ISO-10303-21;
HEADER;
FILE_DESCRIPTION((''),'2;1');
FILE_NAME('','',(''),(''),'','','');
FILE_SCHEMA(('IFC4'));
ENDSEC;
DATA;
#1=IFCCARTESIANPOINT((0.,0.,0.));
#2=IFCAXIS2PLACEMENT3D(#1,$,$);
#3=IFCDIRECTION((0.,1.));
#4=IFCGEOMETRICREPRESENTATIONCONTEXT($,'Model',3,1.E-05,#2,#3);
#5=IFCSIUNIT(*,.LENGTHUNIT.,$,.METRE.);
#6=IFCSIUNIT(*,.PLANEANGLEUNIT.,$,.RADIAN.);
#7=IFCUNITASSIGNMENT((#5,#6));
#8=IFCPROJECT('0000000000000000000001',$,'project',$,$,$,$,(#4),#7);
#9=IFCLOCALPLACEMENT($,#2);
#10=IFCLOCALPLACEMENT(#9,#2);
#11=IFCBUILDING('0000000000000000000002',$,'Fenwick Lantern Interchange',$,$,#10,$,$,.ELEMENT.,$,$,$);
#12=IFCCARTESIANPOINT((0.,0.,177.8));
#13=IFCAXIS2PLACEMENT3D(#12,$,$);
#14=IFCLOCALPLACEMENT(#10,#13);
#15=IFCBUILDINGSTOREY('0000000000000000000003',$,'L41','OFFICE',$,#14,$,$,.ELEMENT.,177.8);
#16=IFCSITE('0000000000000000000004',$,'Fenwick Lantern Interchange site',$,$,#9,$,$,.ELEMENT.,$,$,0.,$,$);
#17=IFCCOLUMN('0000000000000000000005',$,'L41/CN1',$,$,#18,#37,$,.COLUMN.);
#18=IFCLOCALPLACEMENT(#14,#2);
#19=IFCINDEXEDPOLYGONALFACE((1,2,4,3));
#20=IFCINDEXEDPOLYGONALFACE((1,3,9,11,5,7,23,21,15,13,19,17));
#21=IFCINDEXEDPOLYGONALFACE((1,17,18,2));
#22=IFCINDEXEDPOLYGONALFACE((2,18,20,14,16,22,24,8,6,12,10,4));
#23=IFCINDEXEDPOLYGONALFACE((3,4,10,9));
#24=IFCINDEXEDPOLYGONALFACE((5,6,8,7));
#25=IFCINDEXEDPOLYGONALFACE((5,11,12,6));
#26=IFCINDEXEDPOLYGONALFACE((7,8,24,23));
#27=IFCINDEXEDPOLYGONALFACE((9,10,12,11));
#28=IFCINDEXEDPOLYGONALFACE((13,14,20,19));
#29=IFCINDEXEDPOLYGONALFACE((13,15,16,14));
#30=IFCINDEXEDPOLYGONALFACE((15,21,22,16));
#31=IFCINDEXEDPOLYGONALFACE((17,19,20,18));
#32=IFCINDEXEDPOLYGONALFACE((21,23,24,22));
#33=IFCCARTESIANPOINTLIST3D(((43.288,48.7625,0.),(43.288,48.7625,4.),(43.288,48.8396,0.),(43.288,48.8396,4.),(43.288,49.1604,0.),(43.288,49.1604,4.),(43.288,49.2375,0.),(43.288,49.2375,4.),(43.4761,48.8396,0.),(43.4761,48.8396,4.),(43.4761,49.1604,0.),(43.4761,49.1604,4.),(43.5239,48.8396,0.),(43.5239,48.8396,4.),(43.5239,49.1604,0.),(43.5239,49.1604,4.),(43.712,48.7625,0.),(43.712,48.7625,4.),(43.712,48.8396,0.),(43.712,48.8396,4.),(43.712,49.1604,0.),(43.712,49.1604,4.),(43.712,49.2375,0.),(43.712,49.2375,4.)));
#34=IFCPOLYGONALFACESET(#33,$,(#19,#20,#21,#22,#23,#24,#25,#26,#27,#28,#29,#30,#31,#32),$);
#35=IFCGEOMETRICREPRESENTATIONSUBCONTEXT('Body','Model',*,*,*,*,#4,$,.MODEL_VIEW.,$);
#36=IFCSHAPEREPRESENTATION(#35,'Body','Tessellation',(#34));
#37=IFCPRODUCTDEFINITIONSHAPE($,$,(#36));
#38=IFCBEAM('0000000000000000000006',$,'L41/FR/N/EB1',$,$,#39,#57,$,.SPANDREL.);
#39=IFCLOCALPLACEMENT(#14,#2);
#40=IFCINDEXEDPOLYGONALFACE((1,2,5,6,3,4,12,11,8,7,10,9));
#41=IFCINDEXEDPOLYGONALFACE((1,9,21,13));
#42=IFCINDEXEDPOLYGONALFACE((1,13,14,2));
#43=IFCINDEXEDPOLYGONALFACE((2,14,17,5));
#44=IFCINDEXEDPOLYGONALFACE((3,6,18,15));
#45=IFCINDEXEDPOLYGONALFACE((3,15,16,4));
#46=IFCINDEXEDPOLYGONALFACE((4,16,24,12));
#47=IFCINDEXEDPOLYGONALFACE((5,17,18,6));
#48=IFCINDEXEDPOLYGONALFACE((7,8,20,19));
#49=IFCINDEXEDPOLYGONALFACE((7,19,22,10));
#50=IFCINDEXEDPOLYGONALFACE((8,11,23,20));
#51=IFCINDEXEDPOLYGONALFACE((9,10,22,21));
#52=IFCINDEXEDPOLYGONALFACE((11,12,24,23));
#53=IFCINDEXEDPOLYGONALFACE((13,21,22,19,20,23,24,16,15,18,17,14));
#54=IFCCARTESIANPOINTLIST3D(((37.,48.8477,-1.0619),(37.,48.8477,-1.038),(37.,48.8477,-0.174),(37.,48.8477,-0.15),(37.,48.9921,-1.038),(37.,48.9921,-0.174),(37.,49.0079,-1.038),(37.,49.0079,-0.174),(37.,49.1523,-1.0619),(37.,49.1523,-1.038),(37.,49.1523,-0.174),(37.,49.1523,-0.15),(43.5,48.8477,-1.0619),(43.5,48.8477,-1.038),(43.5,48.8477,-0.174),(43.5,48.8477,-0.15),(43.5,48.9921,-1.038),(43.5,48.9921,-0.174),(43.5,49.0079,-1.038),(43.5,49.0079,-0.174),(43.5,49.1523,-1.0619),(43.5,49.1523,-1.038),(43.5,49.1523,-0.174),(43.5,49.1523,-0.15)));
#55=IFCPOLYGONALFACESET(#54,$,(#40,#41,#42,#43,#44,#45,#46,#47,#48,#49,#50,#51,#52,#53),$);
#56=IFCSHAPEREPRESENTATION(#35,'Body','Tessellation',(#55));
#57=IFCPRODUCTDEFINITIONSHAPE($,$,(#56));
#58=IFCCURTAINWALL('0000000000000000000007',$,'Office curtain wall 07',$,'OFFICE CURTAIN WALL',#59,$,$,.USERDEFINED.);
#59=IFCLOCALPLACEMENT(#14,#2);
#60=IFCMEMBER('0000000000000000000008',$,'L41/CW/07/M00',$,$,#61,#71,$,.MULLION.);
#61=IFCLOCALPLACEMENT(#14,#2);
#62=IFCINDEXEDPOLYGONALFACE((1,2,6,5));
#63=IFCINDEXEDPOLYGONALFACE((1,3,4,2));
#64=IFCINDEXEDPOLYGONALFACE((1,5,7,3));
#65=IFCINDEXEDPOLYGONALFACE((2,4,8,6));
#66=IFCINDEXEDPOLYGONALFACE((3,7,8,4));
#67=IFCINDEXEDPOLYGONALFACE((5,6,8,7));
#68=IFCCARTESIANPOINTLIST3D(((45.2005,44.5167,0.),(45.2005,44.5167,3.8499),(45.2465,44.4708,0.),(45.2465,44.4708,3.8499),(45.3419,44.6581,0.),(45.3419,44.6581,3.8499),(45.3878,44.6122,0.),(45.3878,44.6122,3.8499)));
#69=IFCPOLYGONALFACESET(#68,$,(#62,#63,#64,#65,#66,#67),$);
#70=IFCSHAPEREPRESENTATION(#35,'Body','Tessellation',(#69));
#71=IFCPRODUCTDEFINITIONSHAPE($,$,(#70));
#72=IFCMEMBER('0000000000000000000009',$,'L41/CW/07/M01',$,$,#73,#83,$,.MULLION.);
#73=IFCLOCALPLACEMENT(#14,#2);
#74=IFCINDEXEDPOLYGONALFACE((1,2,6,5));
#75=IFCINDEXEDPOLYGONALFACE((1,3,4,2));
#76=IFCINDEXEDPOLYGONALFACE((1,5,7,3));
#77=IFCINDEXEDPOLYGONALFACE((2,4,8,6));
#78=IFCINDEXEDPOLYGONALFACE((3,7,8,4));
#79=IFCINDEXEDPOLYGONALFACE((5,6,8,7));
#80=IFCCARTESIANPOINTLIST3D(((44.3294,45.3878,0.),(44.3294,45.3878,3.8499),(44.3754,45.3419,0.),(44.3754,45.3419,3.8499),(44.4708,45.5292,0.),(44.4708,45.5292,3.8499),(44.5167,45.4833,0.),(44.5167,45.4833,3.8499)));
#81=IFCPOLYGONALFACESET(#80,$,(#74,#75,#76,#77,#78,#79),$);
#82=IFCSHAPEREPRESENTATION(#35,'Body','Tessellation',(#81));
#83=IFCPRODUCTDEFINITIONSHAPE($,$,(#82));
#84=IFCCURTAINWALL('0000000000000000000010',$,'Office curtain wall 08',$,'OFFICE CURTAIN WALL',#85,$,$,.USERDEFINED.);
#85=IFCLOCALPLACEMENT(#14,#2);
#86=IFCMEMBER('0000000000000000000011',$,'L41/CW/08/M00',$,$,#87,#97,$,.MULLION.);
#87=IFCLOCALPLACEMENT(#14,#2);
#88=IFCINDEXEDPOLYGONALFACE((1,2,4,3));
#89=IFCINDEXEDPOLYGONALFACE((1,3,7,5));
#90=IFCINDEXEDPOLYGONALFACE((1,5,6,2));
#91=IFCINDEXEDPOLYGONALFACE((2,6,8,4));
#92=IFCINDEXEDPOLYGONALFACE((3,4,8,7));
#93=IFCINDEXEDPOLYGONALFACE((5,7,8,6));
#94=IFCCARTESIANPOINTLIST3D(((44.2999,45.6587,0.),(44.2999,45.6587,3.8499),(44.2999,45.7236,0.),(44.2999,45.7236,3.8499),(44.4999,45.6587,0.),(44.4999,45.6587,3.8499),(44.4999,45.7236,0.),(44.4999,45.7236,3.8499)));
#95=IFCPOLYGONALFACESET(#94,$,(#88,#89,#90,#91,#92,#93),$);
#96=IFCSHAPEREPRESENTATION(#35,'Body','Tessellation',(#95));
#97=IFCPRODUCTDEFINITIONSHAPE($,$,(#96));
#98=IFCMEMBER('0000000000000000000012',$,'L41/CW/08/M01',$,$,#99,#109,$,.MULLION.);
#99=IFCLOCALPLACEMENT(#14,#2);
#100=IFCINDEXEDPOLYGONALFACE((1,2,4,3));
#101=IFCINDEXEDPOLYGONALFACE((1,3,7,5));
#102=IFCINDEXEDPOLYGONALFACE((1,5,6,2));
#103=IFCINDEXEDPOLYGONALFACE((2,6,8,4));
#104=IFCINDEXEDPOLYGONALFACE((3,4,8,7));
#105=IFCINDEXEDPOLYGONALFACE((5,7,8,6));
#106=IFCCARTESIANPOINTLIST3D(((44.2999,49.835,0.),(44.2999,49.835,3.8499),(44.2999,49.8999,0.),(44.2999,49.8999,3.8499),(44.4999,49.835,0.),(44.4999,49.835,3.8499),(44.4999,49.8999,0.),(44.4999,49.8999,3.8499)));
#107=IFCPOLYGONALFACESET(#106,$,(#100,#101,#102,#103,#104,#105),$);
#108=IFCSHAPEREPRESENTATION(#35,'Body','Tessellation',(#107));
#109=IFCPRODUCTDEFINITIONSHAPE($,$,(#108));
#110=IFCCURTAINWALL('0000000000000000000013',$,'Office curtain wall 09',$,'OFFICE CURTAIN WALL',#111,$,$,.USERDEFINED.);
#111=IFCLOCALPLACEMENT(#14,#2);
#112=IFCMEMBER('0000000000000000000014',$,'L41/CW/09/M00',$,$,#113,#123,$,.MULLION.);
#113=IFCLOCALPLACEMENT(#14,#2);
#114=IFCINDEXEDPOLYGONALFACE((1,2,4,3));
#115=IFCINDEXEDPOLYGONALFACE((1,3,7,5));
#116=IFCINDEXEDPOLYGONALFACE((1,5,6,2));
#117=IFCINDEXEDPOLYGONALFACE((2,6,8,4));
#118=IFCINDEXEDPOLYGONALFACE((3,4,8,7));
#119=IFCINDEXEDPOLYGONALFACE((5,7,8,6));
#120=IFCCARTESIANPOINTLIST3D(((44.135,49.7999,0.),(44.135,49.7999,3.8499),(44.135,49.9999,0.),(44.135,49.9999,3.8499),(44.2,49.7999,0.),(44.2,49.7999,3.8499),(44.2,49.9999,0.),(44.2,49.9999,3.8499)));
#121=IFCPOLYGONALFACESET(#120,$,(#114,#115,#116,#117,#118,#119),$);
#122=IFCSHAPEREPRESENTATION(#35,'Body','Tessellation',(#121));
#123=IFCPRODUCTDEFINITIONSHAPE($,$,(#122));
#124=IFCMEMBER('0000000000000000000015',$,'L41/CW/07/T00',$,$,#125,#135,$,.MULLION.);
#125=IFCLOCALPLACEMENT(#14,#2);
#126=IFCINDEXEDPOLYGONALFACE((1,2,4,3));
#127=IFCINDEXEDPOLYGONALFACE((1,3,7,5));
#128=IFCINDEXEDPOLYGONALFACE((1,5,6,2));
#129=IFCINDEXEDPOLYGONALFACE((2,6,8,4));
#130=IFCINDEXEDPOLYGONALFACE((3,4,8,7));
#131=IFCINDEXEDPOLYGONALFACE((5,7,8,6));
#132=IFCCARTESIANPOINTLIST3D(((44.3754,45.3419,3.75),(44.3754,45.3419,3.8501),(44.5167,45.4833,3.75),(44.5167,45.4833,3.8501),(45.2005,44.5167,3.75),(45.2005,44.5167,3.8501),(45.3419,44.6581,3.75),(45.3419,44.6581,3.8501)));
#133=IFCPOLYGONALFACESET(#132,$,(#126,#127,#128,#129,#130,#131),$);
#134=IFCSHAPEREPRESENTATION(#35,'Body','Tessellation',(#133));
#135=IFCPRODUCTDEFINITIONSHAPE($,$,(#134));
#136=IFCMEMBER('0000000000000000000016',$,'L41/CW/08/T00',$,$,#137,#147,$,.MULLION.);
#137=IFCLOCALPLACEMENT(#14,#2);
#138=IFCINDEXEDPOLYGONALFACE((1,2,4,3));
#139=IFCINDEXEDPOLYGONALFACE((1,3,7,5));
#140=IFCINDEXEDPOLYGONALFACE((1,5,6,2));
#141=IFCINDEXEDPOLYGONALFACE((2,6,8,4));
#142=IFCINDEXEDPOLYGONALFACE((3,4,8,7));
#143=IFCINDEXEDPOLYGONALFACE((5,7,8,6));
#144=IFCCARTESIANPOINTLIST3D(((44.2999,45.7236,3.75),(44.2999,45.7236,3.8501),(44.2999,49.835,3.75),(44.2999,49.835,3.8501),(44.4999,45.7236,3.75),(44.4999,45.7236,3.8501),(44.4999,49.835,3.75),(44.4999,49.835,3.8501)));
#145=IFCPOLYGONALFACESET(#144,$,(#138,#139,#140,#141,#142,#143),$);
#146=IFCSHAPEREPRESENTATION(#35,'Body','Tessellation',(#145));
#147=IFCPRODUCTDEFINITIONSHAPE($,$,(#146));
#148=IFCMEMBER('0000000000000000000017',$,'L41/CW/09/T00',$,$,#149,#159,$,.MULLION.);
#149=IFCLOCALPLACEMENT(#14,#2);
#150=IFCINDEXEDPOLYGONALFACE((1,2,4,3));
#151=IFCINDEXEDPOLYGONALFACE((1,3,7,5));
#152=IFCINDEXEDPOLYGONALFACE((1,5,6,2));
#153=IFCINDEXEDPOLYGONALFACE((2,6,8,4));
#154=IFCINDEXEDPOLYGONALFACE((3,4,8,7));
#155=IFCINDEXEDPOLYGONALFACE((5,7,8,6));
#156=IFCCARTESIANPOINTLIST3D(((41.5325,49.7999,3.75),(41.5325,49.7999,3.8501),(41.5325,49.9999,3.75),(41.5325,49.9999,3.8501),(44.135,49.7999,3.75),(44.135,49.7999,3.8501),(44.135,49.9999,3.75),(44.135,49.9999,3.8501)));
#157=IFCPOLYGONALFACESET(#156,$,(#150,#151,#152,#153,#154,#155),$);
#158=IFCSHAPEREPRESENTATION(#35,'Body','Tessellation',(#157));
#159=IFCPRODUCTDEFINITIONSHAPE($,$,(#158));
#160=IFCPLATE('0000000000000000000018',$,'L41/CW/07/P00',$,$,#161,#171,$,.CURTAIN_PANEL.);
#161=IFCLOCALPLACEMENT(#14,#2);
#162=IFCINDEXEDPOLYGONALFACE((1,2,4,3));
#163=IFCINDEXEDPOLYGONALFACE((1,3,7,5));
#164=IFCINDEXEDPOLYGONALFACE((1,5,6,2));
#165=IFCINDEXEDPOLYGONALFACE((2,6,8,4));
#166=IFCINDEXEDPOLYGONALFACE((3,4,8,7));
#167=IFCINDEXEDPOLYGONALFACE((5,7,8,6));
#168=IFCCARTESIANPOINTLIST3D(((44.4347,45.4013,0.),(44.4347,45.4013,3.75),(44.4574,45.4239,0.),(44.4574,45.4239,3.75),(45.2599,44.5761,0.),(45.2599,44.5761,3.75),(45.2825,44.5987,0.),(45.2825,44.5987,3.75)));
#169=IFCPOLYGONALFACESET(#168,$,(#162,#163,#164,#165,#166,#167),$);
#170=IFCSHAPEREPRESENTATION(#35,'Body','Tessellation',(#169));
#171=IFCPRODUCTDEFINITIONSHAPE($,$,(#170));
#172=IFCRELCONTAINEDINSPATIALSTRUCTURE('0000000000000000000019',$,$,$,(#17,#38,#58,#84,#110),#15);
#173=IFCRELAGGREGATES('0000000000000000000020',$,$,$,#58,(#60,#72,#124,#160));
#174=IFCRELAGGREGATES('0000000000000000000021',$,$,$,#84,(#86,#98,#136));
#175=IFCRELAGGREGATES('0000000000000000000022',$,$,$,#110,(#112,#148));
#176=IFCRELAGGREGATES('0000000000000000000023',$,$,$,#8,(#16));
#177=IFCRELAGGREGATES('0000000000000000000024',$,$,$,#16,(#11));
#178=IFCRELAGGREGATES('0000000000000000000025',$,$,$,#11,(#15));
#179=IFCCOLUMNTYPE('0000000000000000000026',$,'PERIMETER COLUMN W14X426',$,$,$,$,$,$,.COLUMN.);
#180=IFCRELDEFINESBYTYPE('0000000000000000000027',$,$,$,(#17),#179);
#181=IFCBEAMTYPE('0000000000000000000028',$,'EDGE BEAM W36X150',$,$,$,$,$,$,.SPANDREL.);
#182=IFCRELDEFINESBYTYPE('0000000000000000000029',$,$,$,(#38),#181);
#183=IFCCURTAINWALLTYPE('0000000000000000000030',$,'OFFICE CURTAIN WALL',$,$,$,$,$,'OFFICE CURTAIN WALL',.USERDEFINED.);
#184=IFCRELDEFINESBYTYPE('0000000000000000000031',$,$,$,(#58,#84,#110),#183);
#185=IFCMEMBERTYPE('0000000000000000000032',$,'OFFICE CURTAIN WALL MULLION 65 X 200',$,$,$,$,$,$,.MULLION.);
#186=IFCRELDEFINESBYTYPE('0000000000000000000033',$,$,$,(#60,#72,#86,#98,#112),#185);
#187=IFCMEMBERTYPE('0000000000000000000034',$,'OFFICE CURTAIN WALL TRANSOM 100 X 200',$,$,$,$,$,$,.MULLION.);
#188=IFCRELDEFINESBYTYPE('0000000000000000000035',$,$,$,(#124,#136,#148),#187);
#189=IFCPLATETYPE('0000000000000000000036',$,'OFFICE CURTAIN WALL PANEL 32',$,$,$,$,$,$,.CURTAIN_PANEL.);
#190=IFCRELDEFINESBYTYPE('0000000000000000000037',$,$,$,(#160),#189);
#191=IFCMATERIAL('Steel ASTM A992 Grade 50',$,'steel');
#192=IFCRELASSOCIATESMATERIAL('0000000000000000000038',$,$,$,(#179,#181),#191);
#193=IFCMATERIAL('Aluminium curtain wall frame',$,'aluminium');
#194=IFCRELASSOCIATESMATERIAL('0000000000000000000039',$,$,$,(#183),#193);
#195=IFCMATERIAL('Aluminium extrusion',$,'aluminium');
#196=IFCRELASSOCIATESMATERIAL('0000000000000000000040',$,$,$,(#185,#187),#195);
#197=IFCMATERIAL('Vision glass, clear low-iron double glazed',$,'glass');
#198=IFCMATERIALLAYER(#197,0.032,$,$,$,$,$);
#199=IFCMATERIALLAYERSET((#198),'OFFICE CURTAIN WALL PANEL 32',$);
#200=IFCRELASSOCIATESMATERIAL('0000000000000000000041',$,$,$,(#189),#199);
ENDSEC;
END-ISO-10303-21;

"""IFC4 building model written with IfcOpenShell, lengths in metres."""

from ifc_helpers import new_model, si_unit, direction, frame, origin, origin_2d, place, context, subcontext, project, spatial, rectangle, i_section, extrude, material, layer, layer_set, material_profile, profile_set, type_object, element, aggregate, save


model = new_model("IFC4")

# Units and contexts
model_context = context("Model", 3, precision=1e-05, world=origin(), true_north=direction((0.0, 1.0)))
body_context = subcontext(model_context, "Body", "Model", "MODEL_VIEW")
ifc_project = project(units=[si_unit("LENGTHUNIT", "METRE"), si_unit("PLANEANGLEUNIT", "RADIAN")], contexts=[model_context])

# Site, building, storey
site_placement = place(None, origin())
site = spatial("IfcSite", under=ifc_project, at=site_placement, Name="Fenwick Lantern Interchange site", CompositionType="ELEMENT", RefElevation=0.0)
building_placement = place(site_placement, origin())
building = spatial("IfcBuilding", under=site, at=building_placement, Name="Fenwick Lantern Interchange", CompositionType="ELEMENT")
storey_placement = place(building_placement, frame((0.0, 0.0, 177.8)))
storey = spatial("IfcBuildingStorey", under=building, at=storey_placement, Name="L41", Description="OFFICE", CompositionType="ELEMENT", Elevation=177.8)

# Column
ifc_material_1 = material(Name="Steel ASTM A992 Grade 50", Category="steel")
ifc_material_profile_1 = material_profile(ifc_material_1, i_section(OverallWidth=0.4241, OverallDepth=0.4751, WebThickness=0.0479, FlangeThickness=0.0771, at=origin_2d()), Name="W14X426")
ifc_profile_set_1 = profile_set([ifc_material_profile_1], Name="Steel ASTM A992 Grade 50")
column_type = type_object("IfcColumnType", Name="PERIMETER COLUMN W14X426", PredefinedType="COLUMN", material=ifc_profile_set_1)
column_placement = place(storey_placement, frame((43.5, 49.0, 0.0), z_axis=(0.0, 0.0, 1.0), x_axis=(1.0, 0.0, 0.0)))
element("IfcColumn", 1, at=column_placement, inside=storey, type_object=column_type, Name="L41/CN1", PredefinedType="COLUMN", context=body_context, shape_type="SweptSolid", body=[
    extrude(i_section(OverallWidth=0.4241, OverallDepth=0.4751, WebThickness=0.0479, FlangeThickness=0.0771, at=origin_2d()), origin(), (0.0, 0.0, 1.0), 4.0),
])

# Beam
ifc_material_profile_2 = material_profile(ifc_material_1, i_section(OverallWidth=0.3047, OverallDepth=0.9119, WebThickness=0.0159, FlangeThickness=0.0239, at=origin_2d()), Name="W36X150")
ifc_profile_set_2 = profile_set([ifc_material_profile_2], Name="Steel ASTM A992 Grade 50")
beam_type = type_object("IfcBeamType", Name="EDGE BEAM W36X150", PredefinedType="SPANDREL", material=ifc_profile_set_2)
beam_placement = place(storey_placement, frame((43.5, 49.0, -0.606), z_axis=(-1.0, 0.0, 0.0), x_axis=(0.0, -1.0, 0.0)))
element("IfcBeam", 2, at=beam_placement, inside=storey, type_object=beam_type, Name="L41/FR/N/EB1", PredefinedType="SPANDREL", context=body_context, shape_type="SweptSolid", body=[
    extrude(i_section(OverallWidth=0.3047, OverallDepth=0.9119, WebThickness=0.0159, FlangeThickness=0.0239, at=origin_2d()), origin(), (0.0, 0.0, 1.0), 6.5),
])

# Curtain walls, members
ifc_material_2 = material(Name="Aluminium curtain wall frame", Category="aluminium")
curtain_wall_type = type_object("IfcCurtainWallType", Name="OFFICE CURTAIN WALL", ElementType="OFFICE CURTAIN WALL", PredefinedType="USERDEFINED", material=ifc_material_2)
curtain_wall_1_placement = place(storey_placement, origin())
curtain_wall_1 = element("IfcCurtainWall", 3, at=curtain_wall_1_placement, inside=storey, type_object=curtain_wall_type, Name="Office curtain wall 07", ObjectType="OFFICE CURTAIN WALL", PredefinedType="USERDEFINED")
ifc_material_3 = material(Name="Aluminium extrusion", Category="aluminium")
ifc_material_profile_3 = material_profile(ifc_material_3, rectangle(XDim=0.2, YDim=0.0649, at=origin_2d()), Name="OFFICE CURTAIN WALL MULLION 65 X 200")
ifc_profile_set_3 = profile_set([ifc_material_profile_3], Name="Aluminium extrusion")
member_type_1 = type_object("IfcMemberType", Name="OFFICE CURTAIN WALL MULLION 65 X 200", PredefinedType="MULLION", material=ifc_profile_set_3)
member_1_placement = place(storey_placement, frame((45.2942, 44.5645, 0.0), z_axis=(0.0, 0.0, 1.0), x_axis=(-0.707107, -0.707107, 0.0)))
member_1 = element("IfcMember", 4, at=member_1_placement, type_object=member_type_1, Name="L41/CW/07/M00", PredefinedType="MULLION", context=body_context, shape_type="SweptSolid", body=[
    extrude(rectangle(XDim=0.2, YDim=0.0649, at=origin_2d()), origin(), (0.0, 0.0, 1.0), 3.8499),
])
member_2_placement = place(storey_placement, frame((44.4231, 45.4355, 0.0), z_axis=(0.0, 0.0, 1.0), x_axis=(-0.707107, -0.707107, 0.0)))
member_2 = element("IfcMember", 5, at=member_2_placement, type_object=member_type_1, Name="L41/CW/07/M01", PredefinedType="MULLION", context=body_context, shape_type="SweptSolid", body=[
    extrude(rectangle(XDim=0.2, YDim=0.0649, at=origin_2d()), origin(), (0.0, 0.0, 1.0), 3.8499),
])
curtain_wall_2_placement = place(storey_placement, origin())
curtain_wall_2 = element("IfcCurtainWall", 6, at=curtain_wall_2_placement, inside=storey, type_object=curtain_wall_type, Name="Office curtain wall 08", ObjectType="OFFICE CURTAIN WALL", PredefinedType="USERDEFINED")
member_3_placement = place(storey_placement, frame((44.3999, 45.6912, 0.0), z_axis=(0.0, 0.0, 1.0), x_axis=(-1.0, 0.0, 0.0)))
member_3 = element("IfcMember", 7, at=member_3_placement, type_object=member_type_1, Name="L41/CW/08/M00", PredefinedType="MULLION", context=body_context, shape_type="SweptSolid", body=[
    extrude(rectangle(XDim=0.2, YDim=0.0649, at=origin_2d()), origin(), (0.0, 0.0, 1.0), 3.8499),
])
member_4_placement = place(storey_placement, frame((44.3999, 49.8674, 0.0), z_axis=(0.0, 0.0, 1.0), x_axis=(-1.0, 0.0, 0.0)))
member_4 = element("IfcMember", 8, at=member_4_placement, type_object=member_type_1, Name="L41/CW/08/M01", PredefinedType="MULLION", context=body_context, shape_type="SweptSolid", body=[
    extrude(rectangle(XDim=0.2, YDim=0.0649, at=origin_2d()), origin(), (0.0, 0.0, 1.0), 3.8499),
])

# Curtain wall, member
curtain_wall_3_placement = place(storey_placement, origin())
curtain_wall_3 = element("IfcCurtainWall", 9, at=curtain_wall_3_placement, inside=storey, type_object=curtain_wall_type, Name="Office curtain wall 09", ObjectType="OFFICE CURTAIN WALL", PredefinedType="USERDEFINED")
member_5_placement = place(storey_placement, frame((44.1675, 49.8999, 0.0), z_axis=(0.0, 0.0, 1.0), x_axis=(0.0, -1.0, 0.0)))
member_5 = element("IfcMember", 10, at=member_5_placement, type_object=member_type_1, Name="L41/CW/09/M00", PredefinedType="MULLION", context=body_context, shape_type="SweptSolid", body=[
    extrude(rectangle(XDim=0.2, YDim=0.0649, at=origin_2d()), origin(), (0.0, 0.0, 1.0), 3.8499),
])

# Members
ifc_material_profile_4 = material_profile(ifc_material_3, rectangle(XDim=0.2, YDim=0.1001, at=origin_2d()), Name="OFFICE CURTAIN WALL TRANSOM 100 X 200")
ifc_profile_set_4 = profile_set([ifc_material_profile_4], Name="Aluminium extrusion")
member_type_2 = type_object("IfcMemberType", Name="OFFICE CURTAIN WALL TRANSOM 100 X 200", PredefinedType="MULLION", material=ifc_profile_set_4)
member_6_placement = place(storey_placement, frame((45.2712, 44.5874, 3.8), z_axis=(-0.707107, 0.707107, 0.0), x_axis=(-0.707107, -0.707107, 0.0)))
member_6 = element("IfcMember", 11, at=member_6_placement, type_object=member_type_2, Name="L41/CW/07/T00", PredefinedType="MULLION", context=body_context, shape_type="SweptSolid", body=[
    extrude(rectangle(XDim=0.2, YDim=0.1001, at=origin_2d()), origin(), (0.0, 0.0, 1.0), 1.167),
])
member_7_placement = place(storey_placement, frame((44.3999, 45.7236, 3.8), z_axis=(0.0, 1.0, 0.0), x_axis=(-1.0, 0.0, 0.0)))
member_7 = element("IfcMember", 12, at=member_7_placement, type_object=member_type_2, Name="L41/CW/08/T00", PredefinedType="MULLION", context=body_context, shape_type="SweptSolid", body=[
    extrude(rectangle(XDim=0.2, YDim=0.1001, at=origin_2d()), origin(), (0.0, 0.0, 1.0), 4.1113),
])
member_8_placement = place(storey_placement, frame((44.135, 49.8999, 3.8), z_axis=(-1.0, 0.0, 0.0), x_axis=(0.0, -1.0, 0.0)))
member_8 = element("IfcMember", 13, at=member_8_placement, type_object=member_type_2, Name="L41/CW/09/T00", PredefinedType="MULLION", context=body_context, shape_type="SweptSolid", body=[
    extrude(rectangle(XDim=0.2, YDim=0.1001, at=origin_2d()), origin(), (0.0, 0.0, 1.0), 2.6025),
])

# Shared definitions
ifc_material_4 = material(Name="Vision glass, clear low-iron double glazed", Category="glass")
ifc_layer_1 = layer(ifc_material_4, 0.032)
ifc_layer_set_1 = layer_set([ifc_layer_1], Name="OFFICE CURTAIN WALL PANEL 32")
plate_type = type_object("IfcPlateType", Name="OFFICE CURTAIN WALL PANEL 32", PredefinedType="CURTAIN_PANEL", material=ifc_layer_set_1)

# Plate
plate_1_placement = place(storey_placement, frame((44.8586, 45.0, 0.0), z_axis=(0.0, 0.0, 1.0), x_axis=(-0.707107, 0.707107, 0.0)))
plate_1 = element("IfcPlate", 14, at=plate_1_placement, type_object=plate_type, Name="L41/CW/07/P00", PredefinedType="CURTAIN_PANEL", context=body_context, shape_type="SweptSolid", body=[
    extrude(rectangle(XDim=1.167, YDim=0.032, at=origin_2d()), origin(), (0.0, 0.0, 1.0), 3.75),
])
aggregate(curtain_wall_1, [member_1, member_2, member_6, plate_1])
aggregate(curtain_wall_2, [member_3, member_4, member_7])
aggregate(curtain_wall_3, [member_5, member_8])

save(model, "model.ifc")
